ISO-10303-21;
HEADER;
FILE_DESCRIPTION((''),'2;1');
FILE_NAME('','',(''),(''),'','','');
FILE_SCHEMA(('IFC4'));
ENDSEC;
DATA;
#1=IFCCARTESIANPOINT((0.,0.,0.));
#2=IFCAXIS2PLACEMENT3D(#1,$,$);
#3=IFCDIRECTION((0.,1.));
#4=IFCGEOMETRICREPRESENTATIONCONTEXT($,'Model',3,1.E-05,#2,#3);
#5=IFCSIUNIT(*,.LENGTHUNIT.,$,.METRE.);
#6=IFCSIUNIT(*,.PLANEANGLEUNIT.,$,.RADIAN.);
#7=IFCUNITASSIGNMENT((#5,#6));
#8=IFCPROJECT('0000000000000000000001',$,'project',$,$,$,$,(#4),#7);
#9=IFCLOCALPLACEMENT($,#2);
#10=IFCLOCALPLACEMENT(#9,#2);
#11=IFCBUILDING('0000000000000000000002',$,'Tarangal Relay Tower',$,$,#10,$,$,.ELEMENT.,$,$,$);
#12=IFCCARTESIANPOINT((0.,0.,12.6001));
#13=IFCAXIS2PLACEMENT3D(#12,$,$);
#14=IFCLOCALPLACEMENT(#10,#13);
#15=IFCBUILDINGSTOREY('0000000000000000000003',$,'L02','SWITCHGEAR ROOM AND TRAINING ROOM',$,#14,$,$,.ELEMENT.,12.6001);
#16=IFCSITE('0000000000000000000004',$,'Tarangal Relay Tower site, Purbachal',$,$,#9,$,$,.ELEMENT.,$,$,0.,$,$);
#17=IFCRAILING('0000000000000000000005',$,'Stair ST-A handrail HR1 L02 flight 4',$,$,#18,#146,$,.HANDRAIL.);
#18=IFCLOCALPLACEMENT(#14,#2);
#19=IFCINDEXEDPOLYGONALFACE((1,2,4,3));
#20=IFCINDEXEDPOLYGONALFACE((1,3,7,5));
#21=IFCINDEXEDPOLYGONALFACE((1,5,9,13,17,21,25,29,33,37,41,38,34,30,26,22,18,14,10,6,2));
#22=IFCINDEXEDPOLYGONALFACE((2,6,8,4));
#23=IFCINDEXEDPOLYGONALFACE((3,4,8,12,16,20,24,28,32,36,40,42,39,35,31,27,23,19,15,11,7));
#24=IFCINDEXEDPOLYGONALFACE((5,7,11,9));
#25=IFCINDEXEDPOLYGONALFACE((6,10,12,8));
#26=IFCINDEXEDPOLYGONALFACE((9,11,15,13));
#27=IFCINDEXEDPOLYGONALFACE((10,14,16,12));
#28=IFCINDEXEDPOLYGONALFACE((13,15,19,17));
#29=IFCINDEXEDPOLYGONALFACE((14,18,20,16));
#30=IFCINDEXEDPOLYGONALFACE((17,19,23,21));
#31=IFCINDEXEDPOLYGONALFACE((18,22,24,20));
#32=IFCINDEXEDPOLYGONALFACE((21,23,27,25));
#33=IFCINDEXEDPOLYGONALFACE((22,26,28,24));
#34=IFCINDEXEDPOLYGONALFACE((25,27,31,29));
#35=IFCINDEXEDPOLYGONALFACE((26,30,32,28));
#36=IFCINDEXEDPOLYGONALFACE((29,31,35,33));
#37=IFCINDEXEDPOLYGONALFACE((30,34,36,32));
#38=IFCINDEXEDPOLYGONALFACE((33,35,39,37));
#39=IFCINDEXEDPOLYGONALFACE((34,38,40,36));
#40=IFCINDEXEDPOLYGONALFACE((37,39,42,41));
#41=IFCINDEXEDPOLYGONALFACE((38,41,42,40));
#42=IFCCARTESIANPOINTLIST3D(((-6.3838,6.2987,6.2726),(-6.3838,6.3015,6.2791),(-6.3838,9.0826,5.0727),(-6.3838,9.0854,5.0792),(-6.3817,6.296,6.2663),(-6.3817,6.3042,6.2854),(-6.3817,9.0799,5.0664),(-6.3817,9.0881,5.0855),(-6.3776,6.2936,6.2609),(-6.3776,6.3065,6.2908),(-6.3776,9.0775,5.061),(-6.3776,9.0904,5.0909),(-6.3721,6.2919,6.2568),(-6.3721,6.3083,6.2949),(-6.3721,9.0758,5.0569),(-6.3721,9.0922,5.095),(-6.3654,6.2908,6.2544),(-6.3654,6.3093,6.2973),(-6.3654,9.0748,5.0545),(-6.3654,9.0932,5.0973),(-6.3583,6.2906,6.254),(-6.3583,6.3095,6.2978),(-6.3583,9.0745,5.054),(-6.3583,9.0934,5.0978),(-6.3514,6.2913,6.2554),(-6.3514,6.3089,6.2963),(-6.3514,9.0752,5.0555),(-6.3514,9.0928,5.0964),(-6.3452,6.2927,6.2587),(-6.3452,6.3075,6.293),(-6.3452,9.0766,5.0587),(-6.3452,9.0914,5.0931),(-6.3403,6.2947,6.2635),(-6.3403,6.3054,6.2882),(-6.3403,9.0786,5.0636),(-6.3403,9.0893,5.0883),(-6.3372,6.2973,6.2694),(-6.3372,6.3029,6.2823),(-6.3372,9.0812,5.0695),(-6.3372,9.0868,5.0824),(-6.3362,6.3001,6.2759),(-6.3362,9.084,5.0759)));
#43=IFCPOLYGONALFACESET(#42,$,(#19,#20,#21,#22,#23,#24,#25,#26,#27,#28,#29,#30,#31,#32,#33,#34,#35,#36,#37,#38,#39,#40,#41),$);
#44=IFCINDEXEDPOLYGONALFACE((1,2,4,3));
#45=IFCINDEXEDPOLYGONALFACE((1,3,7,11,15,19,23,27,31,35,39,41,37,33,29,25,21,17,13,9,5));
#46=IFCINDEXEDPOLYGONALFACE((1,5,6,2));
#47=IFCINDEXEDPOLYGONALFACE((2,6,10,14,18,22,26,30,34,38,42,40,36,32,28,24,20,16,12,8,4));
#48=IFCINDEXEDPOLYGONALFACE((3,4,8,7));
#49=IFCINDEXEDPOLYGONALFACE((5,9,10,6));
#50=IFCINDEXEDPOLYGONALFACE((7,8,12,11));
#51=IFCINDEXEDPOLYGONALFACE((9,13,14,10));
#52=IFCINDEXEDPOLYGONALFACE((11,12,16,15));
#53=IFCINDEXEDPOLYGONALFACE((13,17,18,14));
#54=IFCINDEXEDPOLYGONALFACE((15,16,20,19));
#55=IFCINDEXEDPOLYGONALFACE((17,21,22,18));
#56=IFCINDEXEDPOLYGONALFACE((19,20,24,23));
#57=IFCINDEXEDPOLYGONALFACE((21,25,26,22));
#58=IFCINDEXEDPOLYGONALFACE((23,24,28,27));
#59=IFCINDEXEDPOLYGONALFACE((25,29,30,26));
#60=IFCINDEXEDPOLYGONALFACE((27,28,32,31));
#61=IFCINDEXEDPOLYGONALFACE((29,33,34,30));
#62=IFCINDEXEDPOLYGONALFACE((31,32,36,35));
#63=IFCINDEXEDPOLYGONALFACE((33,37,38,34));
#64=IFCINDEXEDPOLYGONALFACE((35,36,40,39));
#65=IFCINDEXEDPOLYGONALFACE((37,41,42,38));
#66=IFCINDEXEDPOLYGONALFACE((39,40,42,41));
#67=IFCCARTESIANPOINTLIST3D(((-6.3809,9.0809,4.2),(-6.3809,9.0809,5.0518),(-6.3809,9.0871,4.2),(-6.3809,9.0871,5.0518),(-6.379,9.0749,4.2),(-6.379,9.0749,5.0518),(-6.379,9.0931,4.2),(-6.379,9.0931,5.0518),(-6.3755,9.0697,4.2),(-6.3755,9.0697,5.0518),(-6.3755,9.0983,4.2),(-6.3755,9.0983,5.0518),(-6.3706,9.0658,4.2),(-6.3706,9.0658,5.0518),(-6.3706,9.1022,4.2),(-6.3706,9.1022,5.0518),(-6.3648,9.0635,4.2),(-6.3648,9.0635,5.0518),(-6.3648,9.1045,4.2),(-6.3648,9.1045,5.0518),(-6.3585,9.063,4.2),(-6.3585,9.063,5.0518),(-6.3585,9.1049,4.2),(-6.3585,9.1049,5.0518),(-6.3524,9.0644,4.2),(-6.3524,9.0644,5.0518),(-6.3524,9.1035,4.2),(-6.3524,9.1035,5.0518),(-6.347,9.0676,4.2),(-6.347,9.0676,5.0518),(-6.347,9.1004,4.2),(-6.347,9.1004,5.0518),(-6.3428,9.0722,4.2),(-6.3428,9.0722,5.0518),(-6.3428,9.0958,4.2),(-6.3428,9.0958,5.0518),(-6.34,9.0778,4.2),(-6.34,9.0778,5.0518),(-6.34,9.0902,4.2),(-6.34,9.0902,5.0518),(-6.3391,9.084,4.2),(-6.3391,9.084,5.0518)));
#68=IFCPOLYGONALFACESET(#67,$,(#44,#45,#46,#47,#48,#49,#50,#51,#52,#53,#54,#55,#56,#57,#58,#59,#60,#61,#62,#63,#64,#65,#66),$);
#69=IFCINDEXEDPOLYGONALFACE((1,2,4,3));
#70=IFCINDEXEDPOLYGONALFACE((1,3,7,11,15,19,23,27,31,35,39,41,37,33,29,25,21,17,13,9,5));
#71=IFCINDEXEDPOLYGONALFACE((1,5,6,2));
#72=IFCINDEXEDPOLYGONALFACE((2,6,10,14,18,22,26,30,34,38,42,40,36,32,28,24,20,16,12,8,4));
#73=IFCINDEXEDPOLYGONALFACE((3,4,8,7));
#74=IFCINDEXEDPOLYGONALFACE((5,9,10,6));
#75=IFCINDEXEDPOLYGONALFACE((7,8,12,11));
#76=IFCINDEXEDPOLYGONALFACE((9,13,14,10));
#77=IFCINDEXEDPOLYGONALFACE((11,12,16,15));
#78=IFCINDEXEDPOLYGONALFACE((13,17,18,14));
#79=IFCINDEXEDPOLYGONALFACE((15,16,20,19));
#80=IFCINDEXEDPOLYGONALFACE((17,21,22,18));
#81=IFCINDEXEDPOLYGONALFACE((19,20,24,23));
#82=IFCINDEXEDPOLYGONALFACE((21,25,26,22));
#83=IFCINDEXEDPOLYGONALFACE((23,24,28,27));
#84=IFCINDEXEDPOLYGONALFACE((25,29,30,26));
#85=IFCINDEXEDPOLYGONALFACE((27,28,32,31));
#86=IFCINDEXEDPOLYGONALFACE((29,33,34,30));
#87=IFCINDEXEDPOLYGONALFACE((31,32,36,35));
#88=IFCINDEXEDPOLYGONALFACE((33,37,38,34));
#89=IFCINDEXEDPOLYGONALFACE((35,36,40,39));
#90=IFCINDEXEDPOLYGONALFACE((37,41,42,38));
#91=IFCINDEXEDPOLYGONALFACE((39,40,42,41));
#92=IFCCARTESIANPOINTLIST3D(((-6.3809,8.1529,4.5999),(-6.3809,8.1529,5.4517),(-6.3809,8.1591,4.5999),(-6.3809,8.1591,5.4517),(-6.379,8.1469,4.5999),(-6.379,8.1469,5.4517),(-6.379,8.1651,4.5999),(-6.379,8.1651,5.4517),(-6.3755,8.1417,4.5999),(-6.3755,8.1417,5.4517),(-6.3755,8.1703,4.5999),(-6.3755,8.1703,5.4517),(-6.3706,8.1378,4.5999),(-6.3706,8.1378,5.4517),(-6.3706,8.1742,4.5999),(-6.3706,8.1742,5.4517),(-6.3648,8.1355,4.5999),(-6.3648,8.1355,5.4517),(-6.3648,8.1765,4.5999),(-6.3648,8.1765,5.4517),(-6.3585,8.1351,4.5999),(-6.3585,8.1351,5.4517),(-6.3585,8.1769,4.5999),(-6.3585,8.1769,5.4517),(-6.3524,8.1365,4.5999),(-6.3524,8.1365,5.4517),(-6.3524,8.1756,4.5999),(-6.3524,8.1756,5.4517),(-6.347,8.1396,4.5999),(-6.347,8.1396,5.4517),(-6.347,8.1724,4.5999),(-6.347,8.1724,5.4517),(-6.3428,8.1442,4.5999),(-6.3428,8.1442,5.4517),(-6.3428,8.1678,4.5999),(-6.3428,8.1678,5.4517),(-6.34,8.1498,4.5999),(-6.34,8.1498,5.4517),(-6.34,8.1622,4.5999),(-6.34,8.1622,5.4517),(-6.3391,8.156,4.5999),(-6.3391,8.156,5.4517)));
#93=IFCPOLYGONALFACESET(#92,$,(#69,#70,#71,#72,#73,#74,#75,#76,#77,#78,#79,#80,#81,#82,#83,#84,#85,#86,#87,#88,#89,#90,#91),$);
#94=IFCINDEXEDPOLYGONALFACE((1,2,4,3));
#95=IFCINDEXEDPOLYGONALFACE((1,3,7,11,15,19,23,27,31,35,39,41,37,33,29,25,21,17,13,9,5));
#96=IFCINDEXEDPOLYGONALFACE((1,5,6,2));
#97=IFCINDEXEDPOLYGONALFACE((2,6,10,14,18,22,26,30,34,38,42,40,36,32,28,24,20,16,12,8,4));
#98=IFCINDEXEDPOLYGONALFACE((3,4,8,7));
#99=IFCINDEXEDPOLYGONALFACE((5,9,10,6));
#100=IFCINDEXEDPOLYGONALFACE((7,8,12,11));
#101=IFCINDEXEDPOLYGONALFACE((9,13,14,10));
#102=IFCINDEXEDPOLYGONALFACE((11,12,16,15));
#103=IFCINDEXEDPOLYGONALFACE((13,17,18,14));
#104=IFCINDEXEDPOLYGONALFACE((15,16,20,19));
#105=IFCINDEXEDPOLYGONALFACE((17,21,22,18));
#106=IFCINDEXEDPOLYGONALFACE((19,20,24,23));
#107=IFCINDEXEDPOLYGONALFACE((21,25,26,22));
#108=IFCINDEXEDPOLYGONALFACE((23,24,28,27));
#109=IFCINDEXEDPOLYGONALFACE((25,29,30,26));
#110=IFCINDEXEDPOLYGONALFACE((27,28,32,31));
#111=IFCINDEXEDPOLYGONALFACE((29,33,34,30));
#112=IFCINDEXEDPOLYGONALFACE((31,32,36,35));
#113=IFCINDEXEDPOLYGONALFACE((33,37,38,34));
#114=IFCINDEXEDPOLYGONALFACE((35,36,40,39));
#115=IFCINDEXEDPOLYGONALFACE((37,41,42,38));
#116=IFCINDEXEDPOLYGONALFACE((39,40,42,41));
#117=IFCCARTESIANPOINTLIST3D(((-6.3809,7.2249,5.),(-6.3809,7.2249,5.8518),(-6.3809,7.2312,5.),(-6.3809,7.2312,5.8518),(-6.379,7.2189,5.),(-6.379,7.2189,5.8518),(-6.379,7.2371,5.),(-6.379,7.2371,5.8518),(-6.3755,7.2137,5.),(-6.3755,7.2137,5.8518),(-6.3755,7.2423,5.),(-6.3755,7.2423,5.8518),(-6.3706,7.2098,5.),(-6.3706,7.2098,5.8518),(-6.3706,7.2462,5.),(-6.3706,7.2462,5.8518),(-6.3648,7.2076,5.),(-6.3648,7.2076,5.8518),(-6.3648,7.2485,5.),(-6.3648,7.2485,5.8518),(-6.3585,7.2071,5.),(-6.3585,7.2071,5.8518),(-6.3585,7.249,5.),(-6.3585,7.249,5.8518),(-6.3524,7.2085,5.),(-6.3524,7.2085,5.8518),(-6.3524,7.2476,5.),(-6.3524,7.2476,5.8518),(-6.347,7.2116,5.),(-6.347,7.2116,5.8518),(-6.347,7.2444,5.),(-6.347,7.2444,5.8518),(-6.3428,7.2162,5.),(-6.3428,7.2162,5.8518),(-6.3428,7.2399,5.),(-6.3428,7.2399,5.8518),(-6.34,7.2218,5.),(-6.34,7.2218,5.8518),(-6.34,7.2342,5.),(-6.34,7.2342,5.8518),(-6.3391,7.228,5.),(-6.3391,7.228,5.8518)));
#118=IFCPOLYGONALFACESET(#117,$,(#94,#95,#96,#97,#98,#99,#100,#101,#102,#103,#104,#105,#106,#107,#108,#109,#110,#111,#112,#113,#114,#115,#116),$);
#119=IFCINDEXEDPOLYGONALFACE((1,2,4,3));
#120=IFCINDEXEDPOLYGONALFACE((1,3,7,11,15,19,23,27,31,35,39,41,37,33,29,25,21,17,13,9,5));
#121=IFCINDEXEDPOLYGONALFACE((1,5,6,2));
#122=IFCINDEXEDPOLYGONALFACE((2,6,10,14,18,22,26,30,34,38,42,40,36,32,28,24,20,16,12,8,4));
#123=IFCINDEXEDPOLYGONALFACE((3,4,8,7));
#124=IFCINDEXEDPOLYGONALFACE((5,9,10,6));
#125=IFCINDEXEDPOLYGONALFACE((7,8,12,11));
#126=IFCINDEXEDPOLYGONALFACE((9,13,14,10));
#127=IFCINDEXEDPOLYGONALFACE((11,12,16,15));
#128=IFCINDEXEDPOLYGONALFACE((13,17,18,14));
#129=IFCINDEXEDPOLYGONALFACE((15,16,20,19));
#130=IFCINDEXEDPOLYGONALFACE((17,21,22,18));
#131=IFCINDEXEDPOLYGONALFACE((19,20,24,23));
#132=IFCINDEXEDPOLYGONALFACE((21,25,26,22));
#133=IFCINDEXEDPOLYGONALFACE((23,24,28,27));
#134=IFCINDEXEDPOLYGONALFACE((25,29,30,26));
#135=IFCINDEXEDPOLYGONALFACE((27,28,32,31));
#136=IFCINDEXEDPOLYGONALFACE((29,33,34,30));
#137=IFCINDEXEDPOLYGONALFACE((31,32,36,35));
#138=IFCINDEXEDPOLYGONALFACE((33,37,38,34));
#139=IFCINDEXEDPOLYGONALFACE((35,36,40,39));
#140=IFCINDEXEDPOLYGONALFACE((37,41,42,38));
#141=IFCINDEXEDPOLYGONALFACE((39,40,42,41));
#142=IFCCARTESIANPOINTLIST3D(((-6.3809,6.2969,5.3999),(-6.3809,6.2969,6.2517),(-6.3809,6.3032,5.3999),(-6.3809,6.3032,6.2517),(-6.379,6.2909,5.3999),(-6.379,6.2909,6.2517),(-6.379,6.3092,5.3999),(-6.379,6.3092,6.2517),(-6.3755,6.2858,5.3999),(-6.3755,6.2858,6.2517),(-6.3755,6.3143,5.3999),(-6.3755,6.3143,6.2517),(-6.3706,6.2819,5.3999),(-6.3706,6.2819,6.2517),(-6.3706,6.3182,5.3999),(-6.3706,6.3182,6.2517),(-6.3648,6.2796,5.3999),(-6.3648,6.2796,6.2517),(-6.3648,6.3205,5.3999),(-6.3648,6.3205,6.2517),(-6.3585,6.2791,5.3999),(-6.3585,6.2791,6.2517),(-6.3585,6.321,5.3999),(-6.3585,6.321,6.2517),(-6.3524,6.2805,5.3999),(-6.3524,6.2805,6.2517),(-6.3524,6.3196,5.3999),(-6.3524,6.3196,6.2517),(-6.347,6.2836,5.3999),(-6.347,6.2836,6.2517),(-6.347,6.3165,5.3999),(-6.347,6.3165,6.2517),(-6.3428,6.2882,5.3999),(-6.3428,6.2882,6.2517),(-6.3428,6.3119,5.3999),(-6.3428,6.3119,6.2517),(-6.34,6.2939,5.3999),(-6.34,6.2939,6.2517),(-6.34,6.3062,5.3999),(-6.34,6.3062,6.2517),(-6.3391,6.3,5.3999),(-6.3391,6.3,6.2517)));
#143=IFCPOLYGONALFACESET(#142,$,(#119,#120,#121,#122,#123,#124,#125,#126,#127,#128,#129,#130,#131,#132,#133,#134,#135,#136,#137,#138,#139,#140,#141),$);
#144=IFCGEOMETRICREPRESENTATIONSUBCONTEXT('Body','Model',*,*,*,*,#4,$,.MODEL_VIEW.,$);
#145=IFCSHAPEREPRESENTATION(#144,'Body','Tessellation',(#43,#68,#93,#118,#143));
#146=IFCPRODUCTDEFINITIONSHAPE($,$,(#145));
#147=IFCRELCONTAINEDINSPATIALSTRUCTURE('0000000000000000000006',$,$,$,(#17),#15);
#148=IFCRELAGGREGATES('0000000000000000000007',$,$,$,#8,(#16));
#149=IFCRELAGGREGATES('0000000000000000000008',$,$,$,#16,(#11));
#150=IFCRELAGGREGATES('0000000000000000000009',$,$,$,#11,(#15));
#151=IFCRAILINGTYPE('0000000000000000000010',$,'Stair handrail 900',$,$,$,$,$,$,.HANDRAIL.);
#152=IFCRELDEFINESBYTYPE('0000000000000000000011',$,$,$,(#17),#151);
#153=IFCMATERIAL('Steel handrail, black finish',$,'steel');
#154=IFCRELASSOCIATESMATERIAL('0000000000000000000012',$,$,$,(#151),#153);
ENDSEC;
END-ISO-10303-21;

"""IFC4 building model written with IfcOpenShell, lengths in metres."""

from ifc_helpers import new_model, si_unit, direction, frame, origin, origin_2d, place, context, subcontext, project, spatial, circle, extrude, material, type_object, element, save


model = new_model("IFC4")

# Units and contexts
model_context = context("Model", 3, precision=1e-05, world=origin(), true_north=direction((0.0, 1.0)))
body_context = subcontext(model_context, "Body", "Model", "MODEL_VIEW")
ifc_project = project(units=[si_unit("LENGTHUNIT", "METRE"), si_unit("PLANEANGLEUNIT", "RADIAN")], contexts=[model_context])

# Site, building, storey
site_placement = place(None, origin())
site = spatial("IfcSite", under=ifc_project, at=site_placement, Name="Tarangal Relay Tower site, Purbachal", CompositionType="ELEMENT", RefElevation=0.0)
building_placement = place(site_placement, origin())
building = spatial("IfcBuilding", under=site, at=building_placement, Name="Tarangal Relay Tower", CompositionType="ELEMENT")
storey_placement = place(building_placement, frame((0.0, 0.0, 12.6001)))
storey = spatial("IfcBuildingStorey", under=building, at=storey_placement, Name="L02", Description="SWITCHGEAR ROOM AND TRAINING ROOM", CompositionType="ELEMENT", Elevation=12.6001)

# Railing
ifc_material_1 = material(Name="Steel handrail, black finish", Category="steel")
railing_type_1 = type_object("IfcRailingType", Name="Stair handrail 900", PredefinedType="HANDRAIL", material=ifc_material_1)
for number, where, name in (
    (1, (-6.3601, 9.084, 4.2), "Stair ST-A handrail HR1 L02 flight 4"),
):
    element("IfcRailing", number, at=place(storey_placement, frame(where)), inside=storey, type_object=railing_type_1, Name=name, PredefinedType="HANDRAIL", context=body_context, shape_type="SweptSolid", body=[
        extrude(circle(Radius=0.0239, at=origin_2d()), frame((0.0, 0.0, 0.876), z_axis=(0.0, -0.918327, 0.395823), x_axis=(1.0, 0.0, 0.0)), (0.0, 0.0, 1.0), 3.0315),
        extrude(circle(Radius=0.021, at=origin_2d()), origin(), (0.0, 0.0, 1.0), 0.8518),
        extrude(circle(Radius=0.021, at=origin_2d()), frame((0.0, -0.928, 0.3999)), (0.0, 0.0, 1.0), 0.8518),
        extrude(circle(Radius=0.021, at=origin_2d()), frame((0.0, -1.856, 0.8)), (0.0, 0.0, 1.0), 0.8518),
        extrude(circle(Radius=0.021, at=origin_2d()), frame((0.0, -2.7839, 1.2)), (0.0, 0.0, 1.0), 0.8518),
    ])

save(model, "model.ifc")
